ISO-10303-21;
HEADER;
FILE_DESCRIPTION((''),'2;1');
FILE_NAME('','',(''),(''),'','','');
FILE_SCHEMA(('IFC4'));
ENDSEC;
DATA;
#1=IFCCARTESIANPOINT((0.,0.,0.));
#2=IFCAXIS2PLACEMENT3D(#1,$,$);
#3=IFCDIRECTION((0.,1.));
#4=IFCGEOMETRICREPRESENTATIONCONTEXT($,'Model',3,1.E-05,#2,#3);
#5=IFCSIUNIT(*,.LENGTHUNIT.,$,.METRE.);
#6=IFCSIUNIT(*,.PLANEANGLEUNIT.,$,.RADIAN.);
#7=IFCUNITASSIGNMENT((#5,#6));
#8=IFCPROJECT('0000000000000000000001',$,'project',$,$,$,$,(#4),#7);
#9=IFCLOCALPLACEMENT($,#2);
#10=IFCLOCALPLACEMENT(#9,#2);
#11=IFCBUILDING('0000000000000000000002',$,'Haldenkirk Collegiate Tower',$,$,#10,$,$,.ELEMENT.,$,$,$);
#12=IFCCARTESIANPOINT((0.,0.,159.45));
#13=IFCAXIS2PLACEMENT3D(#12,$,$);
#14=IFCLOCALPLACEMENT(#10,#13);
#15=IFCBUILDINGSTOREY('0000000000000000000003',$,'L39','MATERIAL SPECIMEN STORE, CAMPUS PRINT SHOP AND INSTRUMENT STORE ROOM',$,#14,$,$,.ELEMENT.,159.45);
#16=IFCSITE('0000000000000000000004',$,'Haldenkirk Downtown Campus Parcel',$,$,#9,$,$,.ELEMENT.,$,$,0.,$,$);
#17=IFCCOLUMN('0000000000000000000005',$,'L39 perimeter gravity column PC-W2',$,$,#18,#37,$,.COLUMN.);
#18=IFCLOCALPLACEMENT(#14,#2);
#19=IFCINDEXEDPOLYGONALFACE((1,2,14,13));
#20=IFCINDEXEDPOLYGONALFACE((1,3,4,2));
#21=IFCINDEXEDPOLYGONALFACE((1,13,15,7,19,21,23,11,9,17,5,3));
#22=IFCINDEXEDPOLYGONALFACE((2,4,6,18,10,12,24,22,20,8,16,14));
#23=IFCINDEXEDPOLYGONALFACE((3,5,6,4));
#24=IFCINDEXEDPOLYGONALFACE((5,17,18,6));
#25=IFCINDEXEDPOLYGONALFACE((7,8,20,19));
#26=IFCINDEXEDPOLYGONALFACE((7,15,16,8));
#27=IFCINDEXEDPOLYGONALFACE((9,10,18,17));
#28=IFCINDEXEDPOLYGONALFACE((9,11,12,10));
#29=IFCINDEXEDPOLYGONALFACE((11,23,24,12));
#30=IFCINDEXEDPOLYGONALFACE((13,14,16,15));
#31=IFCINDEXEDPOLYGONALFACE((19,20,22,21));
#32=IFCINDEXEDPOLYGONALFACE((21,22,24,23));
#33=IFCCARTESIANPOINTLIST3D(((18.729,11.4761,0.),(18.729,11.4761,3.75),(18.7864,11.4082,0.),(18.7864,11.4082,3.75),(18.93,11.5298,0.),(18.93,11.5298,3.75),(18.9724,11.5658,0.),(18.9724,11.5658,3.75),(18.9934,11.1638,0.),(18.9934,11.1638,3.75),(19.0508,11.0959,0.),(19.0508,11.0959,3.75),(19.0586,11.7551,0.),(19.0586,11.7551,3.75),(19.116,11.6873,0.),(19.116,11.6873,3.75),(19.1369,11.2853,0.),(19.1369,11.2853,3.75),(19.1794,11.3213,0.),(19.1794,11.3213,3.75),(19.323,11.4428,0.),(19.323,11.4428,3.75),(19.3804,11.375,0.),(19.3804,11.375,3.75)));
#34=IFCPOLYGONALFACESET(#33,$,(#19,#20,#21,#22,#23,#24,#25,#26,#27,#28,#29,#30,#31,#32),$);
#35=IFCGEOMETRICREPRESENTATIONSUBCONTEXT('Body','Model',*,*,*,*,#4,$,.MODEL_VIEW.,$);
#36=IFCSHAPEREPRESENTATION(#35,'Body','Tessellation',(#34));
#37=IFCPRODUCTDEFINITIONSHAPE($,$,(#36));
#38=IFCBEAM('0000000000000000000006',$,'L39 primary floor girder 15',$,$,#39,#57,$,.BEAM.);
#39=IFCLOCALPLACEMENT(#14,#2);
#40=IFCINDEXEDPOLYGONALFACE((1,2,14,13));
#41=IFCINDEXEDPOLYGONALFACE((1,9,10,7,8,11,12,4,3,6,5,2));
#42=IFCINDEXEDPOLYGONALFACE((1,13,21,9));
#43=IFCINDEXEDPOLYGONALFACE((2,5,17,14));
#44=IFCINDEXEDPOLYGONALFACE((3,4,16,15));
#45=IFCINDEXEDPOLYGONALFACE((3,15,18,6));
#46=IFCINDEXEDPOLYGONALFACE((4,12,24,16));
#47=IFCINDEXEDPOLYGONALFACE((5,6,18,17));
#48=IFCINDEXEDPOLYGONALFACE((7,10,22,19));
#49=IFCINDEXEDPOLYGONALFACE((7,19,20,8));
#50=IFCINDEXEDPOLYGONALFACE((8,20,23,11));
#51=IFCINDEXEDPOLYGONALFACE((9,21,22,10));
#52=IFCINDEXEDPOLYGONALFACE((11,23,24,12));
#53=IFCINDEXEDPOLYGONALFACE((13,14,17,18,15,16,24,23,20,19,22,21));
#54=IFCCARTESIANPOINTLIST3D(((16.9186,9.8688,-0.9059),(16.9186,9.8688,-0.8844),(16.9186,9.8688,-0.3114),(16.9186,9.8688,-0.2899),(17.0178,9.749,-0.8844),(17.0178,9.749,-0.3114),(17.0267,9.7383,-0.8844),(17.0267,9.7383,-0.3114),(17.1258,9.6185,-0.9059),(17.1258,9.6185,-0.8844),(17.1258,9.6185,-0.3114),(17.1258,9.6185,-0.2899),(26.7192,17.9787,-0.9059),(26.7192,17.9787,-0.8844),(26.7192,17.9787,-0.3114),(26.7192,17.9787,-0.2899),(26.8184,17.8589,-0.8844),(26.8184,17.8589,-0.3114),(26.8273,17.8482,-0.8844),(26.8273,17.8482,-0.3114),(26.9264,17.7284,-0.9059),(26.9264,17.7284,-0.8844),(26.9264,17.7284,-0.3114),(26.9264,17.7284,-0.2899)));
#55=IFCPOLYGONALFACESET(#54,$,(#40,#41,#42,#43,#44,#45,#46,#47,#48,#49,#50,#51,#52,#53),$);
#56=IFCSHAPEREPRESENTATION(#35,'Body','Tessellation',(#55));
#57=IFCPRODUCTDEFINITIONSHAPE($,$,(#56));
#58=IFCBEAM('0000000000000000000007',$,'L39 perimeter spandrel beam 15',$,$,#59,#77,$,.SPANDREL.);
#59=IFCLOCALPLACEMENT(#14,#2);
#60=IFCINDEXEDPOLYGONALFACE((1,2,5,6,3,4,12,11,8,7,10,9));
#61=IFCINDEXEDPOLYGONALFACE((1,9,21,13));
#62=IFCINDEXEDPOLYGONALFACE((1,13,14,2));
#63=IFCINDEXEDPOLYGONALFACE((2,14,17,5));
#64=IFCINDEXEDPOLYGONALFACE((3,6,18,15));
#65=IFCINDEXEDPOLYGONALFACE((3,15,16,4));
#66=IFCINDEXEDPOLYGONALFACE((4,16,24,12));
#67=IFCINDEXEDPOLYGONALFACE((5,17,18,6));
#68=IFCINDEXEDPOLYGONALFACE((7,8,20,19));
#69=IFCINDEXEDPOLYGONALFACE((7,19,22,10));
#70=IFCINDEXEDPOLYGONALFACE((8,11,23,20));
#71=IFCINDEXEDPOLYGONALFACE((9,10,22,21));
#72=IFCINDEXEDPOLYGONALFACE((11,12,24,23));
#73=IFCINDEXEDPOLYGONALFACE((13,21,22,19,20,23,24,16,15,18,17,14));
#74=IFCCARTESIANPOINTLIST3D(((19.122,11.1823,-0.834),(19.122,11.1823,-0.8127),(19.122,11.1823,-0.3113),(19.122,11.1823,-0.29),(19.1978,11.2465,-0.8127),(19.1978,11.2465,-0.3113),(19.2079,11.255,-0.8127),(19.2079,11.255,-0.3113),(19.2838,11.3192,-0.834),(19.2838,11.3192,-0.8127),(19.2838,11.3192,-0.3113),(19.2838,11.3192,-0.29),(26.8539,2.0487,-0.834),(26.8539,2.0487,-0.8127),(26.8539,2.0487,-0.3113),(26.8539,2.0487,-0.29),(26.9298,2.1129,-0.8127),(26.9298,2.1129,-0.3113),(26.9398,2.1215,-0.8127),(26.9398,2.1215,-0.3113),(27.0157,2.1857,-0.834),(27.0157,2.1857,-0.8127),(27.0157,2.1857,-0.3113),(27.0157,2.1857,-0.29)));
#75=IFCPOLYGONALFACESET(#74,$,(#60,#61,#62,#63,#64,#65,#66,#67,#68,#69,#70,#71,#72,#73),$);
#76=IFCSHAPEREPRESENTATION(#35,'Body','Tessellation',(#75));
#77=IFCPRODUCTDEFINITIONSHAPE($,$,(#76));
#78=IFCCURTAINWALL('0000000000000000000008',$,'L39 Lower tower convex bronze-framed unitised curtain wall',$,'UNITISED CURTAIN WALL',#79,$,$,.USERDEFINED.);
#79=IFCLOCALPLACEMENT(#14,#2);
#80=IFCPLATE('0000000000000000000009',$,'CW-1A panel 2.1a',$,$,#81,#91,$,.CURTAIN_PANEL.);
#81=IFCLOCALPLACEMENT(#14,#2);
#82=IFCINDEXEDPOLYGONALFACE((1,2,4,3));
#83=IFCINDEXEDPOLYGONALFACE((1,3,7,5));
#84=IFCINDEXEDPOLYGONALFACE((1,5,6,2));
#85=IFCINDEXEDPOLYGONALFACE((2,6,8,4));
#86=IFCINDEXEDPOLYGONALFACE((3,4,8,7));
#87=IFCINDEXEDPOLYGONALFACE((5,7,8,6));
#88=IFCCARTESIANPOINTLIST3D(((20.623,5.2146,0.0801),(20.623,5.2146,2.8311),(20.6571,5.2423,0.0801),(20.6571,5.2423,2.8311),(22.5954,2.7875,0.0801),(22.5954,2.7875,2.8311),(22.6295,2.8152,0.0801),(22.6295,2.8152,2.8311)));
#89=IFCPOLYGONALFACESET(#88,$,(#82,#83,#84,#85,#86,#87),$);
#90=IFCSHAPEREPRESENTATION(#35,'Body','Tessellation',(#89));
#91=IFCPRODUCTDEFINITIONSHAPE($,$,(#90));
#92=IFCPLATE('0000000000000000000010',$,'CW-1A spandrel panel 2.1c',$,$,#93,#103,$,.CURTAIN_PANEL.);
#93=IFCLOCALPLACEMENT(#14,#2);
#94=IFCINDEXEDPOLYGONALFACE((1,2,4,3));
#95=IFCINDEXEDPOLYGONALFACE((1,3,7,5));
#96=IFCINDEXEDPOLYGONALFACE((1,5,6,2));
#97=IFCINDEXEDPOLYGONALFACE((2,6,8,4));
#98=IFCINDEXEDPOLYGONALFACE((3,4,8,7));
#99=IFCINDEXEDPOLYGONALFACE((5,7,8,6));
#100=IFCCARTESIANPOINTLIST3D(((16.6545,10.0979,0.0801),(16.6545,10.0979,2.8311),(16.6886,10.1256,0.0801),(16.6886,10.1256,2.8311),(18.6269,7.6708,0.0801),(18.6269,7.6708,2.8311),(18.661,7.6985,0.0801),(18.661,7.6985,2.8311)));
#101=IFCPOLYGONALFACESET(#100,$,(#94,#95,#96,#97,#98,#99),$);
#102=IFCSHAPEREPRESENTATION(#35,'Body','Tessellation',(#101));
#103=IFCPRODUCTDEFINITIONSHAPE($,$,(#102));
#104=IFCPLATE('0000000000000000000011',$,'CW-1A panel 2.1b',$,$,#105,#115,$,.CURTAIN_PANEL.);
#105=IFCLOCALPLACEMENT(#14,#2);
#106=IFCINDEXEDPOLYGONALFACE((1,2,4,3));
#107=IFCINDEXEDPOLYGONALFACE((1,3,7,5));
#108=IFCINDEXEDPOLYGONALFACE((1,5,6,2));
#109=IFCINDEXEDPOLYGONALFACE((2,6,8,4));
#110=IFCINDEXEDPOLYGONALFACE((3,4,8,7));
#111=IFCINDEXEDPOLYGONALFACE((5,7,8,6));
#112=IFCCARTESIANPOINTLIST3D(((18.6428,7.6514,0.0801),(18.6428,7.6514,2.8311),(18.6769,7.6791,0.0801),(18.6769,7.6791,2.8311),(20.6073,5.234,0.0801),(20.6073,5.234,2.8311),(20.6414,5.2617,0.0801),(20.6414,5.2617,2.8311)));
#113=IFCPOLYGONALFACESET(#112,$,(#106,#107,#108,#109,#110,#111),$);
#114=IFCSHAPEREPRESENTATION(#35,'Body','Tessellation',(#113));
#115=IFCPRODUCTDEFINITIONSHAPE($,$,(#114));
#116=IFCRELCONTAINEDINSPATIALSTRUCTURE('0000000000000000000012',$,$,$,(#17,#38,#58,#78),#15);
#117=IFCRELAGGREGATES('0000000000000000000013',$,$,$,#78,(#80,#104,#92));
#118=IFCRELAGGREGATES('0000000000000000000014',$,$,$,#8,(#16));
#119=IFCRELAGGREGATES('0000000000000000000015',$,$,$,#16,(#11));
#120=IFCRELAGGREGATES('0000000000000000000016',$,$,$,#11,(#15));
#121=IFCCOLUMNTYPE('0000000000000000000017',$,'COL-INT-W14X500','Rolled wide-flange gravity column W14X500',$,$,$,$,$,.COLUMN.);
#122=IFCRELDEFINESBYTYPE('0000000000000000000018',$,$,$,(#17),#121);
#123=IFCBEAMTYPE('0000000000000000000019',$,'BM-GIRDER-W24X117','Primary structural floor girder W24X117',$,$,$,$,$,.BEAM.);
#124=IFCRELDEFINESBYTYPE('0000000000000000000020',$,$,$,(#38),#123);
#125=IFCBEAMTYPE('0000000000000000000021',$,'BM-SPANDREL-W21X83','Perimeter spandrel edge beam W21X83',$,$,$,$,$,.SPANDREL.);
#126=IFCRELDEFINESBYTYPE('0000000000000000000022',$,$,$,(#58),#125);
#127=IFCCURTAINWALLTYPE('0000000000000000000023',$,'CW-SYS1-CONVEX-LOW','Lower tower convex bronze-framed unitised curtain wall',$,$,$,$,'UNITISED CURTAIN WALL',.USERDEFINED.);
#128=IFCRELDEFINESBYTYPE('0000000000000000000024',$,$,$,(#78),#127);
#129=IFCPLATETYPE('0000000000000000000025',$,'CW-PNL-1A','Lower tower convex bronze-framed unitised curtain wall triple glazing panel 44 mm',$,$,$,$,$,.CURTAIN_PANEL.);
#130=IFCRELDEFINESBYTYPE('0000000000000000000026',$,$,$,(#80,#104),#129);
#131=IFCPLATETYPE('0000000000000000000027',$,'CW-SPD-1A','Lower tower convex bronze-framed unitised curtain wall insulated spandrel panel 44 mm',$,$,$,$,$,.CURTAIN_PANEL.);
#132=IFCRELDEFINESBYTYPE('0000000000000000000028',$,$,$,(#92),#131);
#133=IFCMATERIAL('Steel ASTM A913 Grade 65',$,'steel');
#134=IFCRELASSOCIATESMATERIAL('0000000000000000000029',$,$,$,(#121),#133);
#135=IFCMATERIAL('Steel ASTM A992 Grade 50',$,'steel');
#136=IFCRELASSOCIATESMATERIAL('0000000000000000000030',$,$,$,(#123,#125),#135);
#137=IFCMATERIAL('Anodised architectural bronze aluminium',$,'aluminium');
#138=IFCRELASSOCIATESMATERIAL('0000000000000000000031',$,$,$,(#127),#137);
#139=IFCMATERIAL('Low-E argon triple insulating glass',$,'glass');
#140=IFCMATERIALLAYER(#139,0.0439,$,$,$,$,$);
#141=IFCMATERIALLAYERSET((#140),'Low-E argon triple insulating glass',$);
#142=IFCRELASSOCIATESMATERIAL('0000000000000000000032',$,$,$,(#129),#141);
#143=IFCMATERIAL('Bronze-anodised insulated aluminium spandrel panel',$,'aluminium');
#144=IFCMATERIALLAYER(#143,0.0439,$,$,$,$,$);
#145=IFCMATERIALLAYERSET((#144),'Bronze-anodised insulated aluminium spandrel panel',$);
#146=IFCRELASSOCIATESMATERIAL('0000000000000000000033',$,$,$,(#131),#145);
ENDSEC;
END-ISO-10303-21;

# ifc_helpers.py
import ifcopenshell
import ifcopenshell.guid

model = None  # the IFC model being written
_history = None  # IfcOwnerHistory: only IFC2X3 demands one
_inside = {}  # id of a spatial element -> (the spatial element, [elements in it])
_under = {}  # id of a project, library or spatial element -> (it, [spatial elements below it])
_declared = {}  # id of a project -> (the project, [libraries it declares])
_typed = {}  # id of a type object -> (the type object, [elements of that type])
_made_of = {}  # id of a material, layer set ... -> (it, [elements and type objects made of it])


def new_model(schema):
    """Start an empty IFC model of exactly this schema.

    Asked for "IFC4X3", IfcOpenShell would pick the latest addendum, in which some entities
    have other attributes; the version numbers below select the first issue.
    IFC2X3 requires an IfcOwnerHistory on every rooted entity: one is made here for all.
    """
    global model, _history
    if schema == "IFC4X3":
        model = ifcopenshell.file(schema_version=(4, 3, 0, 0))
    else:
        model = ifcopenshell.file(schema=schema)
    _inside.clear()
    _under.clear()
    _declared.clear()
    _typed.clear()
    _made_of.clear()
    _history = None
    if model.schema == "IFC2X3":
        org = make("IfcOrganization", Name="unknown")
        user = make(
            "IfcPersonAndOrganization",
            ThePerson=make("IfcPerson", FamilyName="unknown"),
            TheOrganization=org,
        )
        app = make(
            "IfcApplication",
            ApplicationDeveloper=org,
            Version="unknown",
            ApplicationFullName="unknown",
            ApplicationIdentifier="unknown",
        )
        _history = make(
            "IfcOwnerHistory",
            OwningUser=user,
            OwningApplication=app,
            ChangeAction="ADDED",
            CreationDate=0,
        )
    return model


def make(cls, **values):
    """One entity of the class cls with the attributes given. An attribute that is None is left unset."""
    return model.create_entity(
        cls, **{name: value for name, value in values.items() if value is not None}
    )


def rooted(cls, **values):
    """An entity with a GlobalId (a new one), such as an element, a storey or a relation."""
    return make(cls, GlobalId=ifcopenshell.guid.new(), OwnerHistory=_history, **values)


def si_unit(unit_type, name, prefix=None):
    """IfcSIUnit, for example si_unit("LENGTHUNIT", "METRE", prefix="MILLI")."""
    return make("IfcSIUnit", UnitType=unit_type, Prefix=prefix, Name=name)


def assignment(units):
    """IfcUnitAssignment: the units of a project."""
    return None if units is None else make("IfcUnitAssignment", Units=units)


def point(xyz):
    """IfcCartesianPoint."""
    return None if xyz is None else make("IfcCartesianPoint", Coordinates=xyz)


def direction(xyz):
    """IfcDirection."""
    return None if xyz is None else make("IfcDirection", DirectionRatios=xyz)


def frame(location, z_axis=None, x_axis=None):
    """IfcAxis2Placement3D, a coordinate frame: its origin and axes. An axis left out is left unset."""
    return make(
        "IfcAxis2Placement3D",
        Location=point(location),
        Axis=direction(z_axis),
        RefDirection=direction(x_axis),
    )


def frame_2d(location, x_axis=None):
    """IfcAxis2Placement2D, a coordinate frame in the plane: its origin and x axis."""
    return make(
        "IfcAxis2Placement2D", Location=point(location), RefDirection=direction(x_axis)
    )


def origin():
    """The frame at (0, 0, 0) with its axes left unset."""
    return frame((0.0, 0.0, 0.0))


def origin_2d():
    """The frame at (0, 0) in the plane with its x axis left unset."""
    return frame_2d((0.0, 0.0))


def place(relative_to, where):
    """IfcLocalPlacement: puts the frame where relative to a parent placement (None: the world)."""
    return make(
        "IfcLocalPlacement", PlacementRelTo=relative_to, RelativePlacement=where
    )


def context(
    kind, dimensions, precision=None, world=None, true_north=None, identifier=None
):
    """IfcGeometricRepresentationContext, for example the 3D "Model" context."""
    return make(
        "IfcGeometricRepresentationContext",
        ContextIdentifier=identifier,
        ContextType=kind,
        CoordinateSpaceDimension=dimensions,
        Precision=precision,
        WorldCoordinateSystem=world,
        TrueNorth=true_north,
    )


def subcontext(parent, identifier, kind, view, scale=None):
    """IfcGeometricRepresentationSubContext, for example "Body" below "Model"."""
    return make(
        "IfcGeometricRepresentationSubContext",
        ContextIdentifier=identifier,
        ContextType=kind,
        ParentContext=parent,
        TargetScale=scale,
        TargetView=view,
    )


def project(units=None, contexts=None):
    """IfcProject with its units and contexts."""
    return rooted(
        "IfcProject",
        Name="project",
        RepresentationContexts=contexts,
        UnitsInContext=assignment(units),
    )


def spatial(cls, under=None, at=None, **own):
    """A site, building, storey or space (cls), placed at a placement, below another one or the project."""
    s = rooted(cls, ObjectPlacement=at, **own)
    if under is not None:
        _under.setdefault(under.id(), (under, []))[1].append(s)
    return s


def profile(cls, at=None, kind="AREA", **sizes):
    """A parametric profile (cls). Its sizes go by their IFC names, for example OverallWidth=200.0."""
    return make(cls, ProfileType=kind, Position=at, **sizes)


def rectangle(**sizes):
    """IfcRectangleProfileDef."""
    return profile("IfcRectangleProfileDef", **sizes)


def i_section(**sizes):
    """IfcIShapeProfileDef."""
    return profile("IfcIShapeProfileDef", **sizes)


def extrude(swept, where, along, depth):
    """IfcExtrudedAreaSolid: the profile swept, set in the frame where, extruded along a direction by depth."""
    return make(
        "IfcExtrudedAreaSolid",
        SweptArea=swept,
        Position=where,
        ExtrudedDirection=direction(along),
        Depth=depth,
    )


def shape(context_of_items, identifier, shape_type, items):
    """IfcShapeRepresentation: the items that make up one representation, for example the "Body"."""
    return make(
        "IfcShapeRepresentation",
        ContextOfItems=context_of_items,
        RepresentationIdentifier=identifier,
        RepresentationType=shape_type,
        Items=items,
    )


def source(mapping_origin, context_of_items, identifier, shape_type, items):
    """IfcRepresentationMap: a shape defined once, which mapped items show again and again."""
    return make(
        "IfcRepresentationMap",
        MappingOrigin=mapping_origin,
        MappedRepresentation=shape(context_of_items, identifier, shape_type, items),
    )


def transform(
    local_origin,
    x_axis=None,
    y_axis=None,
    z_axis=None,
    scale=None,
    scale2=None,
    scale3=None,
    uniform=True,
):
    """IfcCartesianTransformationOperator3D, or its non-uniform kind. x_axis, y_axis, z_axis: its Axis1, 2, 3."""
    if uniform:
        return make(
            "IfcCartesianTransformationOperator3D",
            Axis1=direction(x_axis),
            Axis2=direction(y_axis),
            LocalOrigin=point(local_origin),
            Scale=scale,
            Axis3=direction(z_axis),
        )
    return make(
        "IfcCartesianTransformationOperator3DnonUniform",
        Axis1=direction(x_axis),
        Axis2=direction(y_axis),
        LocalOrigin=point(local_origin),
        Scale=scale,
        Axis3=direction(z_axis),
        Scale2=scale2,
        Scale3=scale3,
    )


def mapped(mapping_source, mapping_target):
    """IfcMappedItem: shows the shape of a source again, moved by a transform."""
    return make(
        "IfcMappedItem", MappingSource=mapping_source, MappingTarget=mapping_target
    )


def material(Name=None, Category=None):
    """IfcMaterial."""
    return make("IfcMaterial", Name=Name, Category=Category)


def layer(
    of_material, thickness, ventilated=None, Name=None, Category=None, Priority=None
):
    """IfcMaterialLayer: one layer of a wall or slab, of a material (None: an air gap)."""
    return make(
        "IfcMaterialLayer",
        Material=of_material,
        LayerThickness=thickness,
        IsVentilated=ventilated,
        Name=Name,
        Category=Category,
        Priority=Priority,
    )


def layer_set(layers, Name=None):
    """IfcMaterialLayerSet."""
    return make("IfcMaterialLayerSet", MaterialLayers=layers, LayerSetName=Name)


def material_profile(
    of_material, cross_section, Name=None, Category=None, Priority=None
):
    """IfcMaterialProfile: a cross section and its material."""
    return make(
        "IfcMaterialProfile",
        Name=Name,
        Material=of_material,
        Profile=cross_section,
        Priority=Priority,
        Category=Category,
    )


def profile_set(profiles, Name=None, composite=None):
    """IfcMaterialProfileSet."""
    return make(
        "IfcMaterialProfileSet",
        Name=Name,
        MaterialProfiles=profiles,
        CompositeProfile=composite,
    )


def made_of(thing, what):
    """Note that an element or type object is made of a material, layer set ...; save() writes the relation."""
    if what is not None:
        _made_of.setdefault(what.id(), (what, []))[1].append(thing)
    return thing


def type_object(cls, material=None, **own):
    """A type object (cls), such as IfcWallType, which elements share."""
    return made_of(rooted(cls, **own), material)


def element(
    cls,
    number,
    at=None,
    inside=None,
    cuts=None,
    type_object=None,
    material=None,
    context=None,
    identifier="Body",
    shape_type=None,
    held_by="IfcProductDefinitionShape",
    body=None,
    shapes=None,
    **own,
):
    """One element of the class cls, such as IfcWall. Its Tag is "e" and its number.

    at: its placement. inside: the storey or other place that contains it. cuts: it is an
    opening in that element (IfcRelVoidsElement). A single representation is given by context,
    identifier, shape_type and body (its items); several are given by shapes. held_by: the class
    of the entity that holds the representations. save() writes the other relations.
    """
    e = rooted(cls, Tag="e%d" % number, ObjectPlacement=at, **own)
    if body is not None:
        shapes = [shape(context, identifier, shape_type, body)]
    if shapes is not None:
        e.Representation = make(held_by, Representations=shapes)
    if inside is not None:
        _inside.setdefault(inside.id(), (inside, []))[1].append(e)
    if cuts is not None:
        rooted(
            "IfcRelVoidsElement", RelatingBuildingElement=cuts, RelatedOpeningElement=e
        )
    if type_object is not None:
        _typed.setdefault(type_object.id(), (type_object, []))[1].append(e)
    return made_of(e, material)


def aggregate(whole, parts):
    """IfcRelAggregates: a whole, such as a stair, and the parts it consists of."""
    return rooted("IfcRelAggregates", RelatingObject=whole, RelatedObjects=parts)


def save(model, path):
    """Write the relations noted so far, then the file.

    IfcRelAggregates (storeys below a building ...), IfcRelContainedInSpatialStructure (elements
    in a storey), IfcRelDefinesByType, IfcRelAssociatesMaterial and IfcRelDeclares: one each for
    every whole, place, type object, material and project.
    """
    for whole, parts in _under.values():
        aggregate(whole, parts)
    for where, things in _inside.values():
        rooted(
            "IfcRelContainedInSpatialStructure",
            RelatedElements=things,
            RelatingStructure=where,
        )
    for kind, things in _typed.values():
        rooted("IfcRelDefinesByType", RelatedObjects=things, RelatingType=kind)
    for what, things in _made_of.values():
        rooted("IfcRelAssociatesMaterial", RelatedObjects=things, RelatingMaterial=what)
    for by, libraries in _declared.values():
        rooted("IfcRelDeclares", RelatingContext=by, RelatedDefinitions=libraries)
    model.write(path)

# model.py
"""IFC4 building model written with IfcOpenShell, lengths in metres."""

from ifc_helpers import new_model, si_unit, direction, frame, origin, origin_2d, place, context, subcontext, project, spatial, rectangle, i_section, extrude, source, transform, mapped, material, layer, layer_set, material_profile, profile_set, type_object, element, aggregate, save


model = new_model("IFC4")

# Units and contexts
model_context = context("Model", 3, precision=1e-05, world=origin(), true_north=direction((0.0, 1.0)))
body_context = subcontext(model_context, "Body", "Model", "MODEL_VIEW")
ifc_project = project(units=[si_unit("LENGTHUNIT", "METRE"), si_unit("PLANEANGLEUNIT", "RADIAN")], contexts=[model_context])

# Site, building, storey
site_placement = place(None, origin())
site = spatial("IfcSite", under=ifc_project, at=site_placement, Name="Haldenkirk Downtown Campus Parcel", CompositionType="ELEMENT", RefElevation=0.0)
building_placement = place(site_placement, origin())
building = spatial("IfcBuilding", under=site, at=building_placement, Name="Haldenkirk Collegiate Tower", CompositionType="ELEMENT")
storey_placement = place(building_placement, frame((0.0, 0.0, 159.45)))
storey = spatial("IfcBuildingStorey", under=building, at=storey_placement, Name="L39", Description="MATERIAL SPECIMEN STORE, CAMPUS PRINT SHOP AND INSTRUMENT STORE ROOM", CompositionType="ELEMENT", Elevation=159.45)

# Column
ifc_material_1 = material(Name="Steel ASTM A913 Grade 65", Category="steel")
ifc_material_profile_1 = material_profile(ifc_material_1, i_section(OverallWidth=0.4319, OverallDepth=0.498, WebThickness=0.0557, FlangeThickness=0.0889, at=origin_2d()), Name="W14X500")
ifc_profile_set_1 = profile_set([ifc_material_profile_1], Name="Steel ASTM A913 Grade 65")
column_type = type_object("IfcColumnType", Name="COL-INT-W14X500", Description="Rolled wide-flange gravity column W14X500", PredefinedType="COLUMN", material=ifc_profile_set_1)
column_placement = place(storey_placement, frame((19.0547, 11.4255, 0.0), z_axis=(0.0, 0.0, 1.0), x_axis=(0.763232, 0.646124, 0.0)))
element("IfcColumn", 1, at=column_placement, inside=storey, type_object=column_type, Name="L39 perimeter gravity column PC-W2", PredefinedType="COLUMN", context=body_context, shape_type="SweptSolid", body=[
    extrude(i_section(OverallWidth=0.4319, OverallDepth=0.498, WebThickness=0.0557, FlangeThickness=0.0889, at=origin_2d()), origin(), (0.0, 0.0, 1.0), 3.75),
])

# Beams
ifc_material_2 = material(Name="Steel ASTM A992 Grade 50", Category="steel")
ifc_material_profile_2 = material_profile(ifc_material_2, i_section(OverallWidth=0.325, OverallDepth=0.616, WebThickness=0.0139, FlangeThickness=0.0215, at=origin_2d()), Name="W24X117")
ifc_profile_set_2 = profile_set([ifc_material_profile_2], Name="Steel ASTM A992 Grade 50")
beam_type_1 = type_object("IfcBeamType", Name="BM-GIRDER-W24X117", Description="Primary structural floor girder W24X117", PredefinedType="BEAM", material=ifc_profile_set_2)
beam_1_placement = place(storey_placement, frame((17.0222, 9.7437, -0.5979), z_axis=(0.77043, 0.637525, 0.0), x_axis=(-0.637525, 0.77043, 0.0)))
element("IfcBeam", 2, at=beam_1_placement, inside=storey, type_object=beam_type_1, Name="L39 primary floor girder 15", PredefinedType="BEAM", context=body_context, shape_type="SweptSolid", body=[
    extrude(i_section(OverallWidth=0.325, OverallDepth=0.616, WebThickness=0.0139, FlangeThickness=0.0215, at=origin_2d()), origin(), (0.0, 0.0, 1.0), 12.7209),
])
ifc_material_profile_3 = material_profile(ifc_material_2, i_section(OverallWidth=0.2119, OverallDepth=0.5439, WebThickness=0.0132, FlangeThickness=0.0212, at=origin_2d()), Name="W21X83")
ifc_profile_set_3 = profile_set([ifc_material_profile_3], Name="Steel ASTM A992 Grade 50")
beam_type_2 = type_object("IfcBeamType", Name="BM-SPANDREL-W21X83", Description="Perimeter spandrel edge beam W21X83", PredefinedType="SPANDREL", material=ifc_profile_set_3)
beam_2_placement = place(storey_placement, frame((19.2029, 11.2507, -0.562), z_axis=(0.646115, -0.76324, 0.0), x_axis=(0.76324, 0.646115, 0.0)))
element("IfcBeam", 3, at=beam_2_placement, inside=storey, type_object=beam_type_2, Name="L39 perimeter spandrel beam 15", PredefinedType="SPANDREL", context=body_context, shape_type="SweptSolid", body=[
    extrude(i_section(OverallWidth=0.2119, OverallDepth=0.5439, WebThickness=0.0132, FlangeThickness=0.0212, at=origin_2d()), origin(), (0.0, 0.0, 1.0), 11.9668),
])

# Curtain wall, plates
ifc_material_3 = material(Name="Anodised architectural bronze aluminium", Category="aluminium")
curtain_wall_type = type_object("IfcCurtainWallType", Name="CW-SYS1-CONVEX-LOW", Description="Lower tower convex bronze-framed unitised curtain wall", ElementType="UNITISED CURTAIN WALL", PredefinedType="USERDEFINED", material=ifc_material_3)
curtain_wall_placement = place(storey_placement, origin())
curtain_wall = element("IfcCurtainWall", 4, at=curtain_wall_placement, inside=storey, type_object=curtain_wall_type, Name="L39 Lower tower convex bronze-framed unitised curtain wall", ObjectType="UNITISED CURTAIN WALL", PredefinedType="USERDEFINED")
ifc_material_4 = material(Name="Low-E argon triple insulating glass", Category="glass")
ifc_layer_1 = layer(ifc_material_4, 0.0439)
ifc_layer_set_1 = layer_set([ifc_layer_1], Name="Low-E argon triple insulating glass")
plate_type_1 = type_object("IfcPlateType", Name="CW-PNL-1A", Description="Lower tower convex bronze-framed unitised curtain wall triple glazing panel 44 mm", PredefinedType="CURTAIN_PANEL", material=ifc_layer_set_1)
shared_shape_1 = source(origin(), body_context, "Body", "SweptSolid", [
    extrude(rectangle(XDim=3.1274, YDim=0.0439, at=origin_2d()), origin(), (0.0, 0.0, 1.0), 2.751),
])
plate_1_placement = place(storey_placement, frame((21.6262, 4.0149, 0.0801), z_axis=(0.0, 0.0, 1.0), x_axis=(-0.630674, 0.776048, 0.0)))
plate_1 = element("IfcPlate", 5, at=plate_1_placement, type_object=plate_type_1, Name="CW-1A panel 2.1a", PredefinedType="CURTAIN_PANEL", context=body_context, shape_type="MappedRepresentation", body=[
    mapped(shared_shape_1, transform((0.0, 0.0, 0.0), x_axis=(1.0, 0.0, 0.0), y_axis=(0.0, 1.0, 0.0), z_axis=(0.0, 0.0, 1.0), scale=1.0)),
])
ifc_material_5 = material(Name="Bronze-anodised insulated aluminium spandrel panel", Category="aluminium")
ifc_layer_2 = layer(ifc_material_5, 0.0439)
ifc_layer_set_2 = layer_set([ifc_layer_2], Name="Bronze-anodised insulated aluminium spandrel panel")
plate_type_2 = type_object("IfcPlateType", Name="CW-SPD-1A", Description="Lower tower convex bronze-framed unitised curtain wall insulated spandrel panel 44 mm", PredefinedType="CURTAIN_PANEL", material=ifc_layer_set_2)
plate_2_placement = place(storey_placement, frame((17.6577, 8.8982, 0.0801), z_axis=(0.0, 0.0, 1.0), x_axis=(-0.630674, 0.776048, 0.0)))
plate_2 = element("IfcPlate", 6, at=plate_2_placement, type_object=plate_type_2, Name="CW-1A spandrel panel 2.1c", PredefinedType="CURTAIN_PANEL", context=body_context, shape_type="MappedRepresentation", body=[
    mapped(shared_shape_1, transform((0.0, 0.0, 0.0), x_axis=(1.0, 0.0, 0.0), y_axis=(0.0, 1.0, 0.0), z_axis=(0.0, 0.0, 1.0), scale=1.0)),
])
shared_shape_2 = source(origin(), body_context, "Body", "SweptSolid", [
    extrude(rectangle(XDim=3.115, YDim=0.0439, at=origin_2d()), origin(), (0.0, 0.0, 1.0), 2.751),
])
plate_3_placement = place(storey_placement, frame((19.6421, 6.4565, 0.0801), z_axis=(0.0, 0.0, 1.0), x_axis=(-0.630674, 0.776048, 0.0)))
plate_3 = element("IfcPlate", 7, at=plate_3_placement, type_object=plate_type_1, Name="CW-1A panel 2.1b", PredefinedType="CURTAIN_PANEL", context=body_context, shape_type="MappedRepresentation", body=[
    mapped(shared_shape_2, transform((0.0, 0.0, 0.0), x_axis=(1.0, 0.0, 0.0), y_axis=(0.0, 1.0, 0.0), z_axis=(0.0, 0.0, 1.0), scale=1.0)),
])
aggregate(curtain_wall, [plate_1, plate_3, plate_2])

save(model, "model.ifc")
